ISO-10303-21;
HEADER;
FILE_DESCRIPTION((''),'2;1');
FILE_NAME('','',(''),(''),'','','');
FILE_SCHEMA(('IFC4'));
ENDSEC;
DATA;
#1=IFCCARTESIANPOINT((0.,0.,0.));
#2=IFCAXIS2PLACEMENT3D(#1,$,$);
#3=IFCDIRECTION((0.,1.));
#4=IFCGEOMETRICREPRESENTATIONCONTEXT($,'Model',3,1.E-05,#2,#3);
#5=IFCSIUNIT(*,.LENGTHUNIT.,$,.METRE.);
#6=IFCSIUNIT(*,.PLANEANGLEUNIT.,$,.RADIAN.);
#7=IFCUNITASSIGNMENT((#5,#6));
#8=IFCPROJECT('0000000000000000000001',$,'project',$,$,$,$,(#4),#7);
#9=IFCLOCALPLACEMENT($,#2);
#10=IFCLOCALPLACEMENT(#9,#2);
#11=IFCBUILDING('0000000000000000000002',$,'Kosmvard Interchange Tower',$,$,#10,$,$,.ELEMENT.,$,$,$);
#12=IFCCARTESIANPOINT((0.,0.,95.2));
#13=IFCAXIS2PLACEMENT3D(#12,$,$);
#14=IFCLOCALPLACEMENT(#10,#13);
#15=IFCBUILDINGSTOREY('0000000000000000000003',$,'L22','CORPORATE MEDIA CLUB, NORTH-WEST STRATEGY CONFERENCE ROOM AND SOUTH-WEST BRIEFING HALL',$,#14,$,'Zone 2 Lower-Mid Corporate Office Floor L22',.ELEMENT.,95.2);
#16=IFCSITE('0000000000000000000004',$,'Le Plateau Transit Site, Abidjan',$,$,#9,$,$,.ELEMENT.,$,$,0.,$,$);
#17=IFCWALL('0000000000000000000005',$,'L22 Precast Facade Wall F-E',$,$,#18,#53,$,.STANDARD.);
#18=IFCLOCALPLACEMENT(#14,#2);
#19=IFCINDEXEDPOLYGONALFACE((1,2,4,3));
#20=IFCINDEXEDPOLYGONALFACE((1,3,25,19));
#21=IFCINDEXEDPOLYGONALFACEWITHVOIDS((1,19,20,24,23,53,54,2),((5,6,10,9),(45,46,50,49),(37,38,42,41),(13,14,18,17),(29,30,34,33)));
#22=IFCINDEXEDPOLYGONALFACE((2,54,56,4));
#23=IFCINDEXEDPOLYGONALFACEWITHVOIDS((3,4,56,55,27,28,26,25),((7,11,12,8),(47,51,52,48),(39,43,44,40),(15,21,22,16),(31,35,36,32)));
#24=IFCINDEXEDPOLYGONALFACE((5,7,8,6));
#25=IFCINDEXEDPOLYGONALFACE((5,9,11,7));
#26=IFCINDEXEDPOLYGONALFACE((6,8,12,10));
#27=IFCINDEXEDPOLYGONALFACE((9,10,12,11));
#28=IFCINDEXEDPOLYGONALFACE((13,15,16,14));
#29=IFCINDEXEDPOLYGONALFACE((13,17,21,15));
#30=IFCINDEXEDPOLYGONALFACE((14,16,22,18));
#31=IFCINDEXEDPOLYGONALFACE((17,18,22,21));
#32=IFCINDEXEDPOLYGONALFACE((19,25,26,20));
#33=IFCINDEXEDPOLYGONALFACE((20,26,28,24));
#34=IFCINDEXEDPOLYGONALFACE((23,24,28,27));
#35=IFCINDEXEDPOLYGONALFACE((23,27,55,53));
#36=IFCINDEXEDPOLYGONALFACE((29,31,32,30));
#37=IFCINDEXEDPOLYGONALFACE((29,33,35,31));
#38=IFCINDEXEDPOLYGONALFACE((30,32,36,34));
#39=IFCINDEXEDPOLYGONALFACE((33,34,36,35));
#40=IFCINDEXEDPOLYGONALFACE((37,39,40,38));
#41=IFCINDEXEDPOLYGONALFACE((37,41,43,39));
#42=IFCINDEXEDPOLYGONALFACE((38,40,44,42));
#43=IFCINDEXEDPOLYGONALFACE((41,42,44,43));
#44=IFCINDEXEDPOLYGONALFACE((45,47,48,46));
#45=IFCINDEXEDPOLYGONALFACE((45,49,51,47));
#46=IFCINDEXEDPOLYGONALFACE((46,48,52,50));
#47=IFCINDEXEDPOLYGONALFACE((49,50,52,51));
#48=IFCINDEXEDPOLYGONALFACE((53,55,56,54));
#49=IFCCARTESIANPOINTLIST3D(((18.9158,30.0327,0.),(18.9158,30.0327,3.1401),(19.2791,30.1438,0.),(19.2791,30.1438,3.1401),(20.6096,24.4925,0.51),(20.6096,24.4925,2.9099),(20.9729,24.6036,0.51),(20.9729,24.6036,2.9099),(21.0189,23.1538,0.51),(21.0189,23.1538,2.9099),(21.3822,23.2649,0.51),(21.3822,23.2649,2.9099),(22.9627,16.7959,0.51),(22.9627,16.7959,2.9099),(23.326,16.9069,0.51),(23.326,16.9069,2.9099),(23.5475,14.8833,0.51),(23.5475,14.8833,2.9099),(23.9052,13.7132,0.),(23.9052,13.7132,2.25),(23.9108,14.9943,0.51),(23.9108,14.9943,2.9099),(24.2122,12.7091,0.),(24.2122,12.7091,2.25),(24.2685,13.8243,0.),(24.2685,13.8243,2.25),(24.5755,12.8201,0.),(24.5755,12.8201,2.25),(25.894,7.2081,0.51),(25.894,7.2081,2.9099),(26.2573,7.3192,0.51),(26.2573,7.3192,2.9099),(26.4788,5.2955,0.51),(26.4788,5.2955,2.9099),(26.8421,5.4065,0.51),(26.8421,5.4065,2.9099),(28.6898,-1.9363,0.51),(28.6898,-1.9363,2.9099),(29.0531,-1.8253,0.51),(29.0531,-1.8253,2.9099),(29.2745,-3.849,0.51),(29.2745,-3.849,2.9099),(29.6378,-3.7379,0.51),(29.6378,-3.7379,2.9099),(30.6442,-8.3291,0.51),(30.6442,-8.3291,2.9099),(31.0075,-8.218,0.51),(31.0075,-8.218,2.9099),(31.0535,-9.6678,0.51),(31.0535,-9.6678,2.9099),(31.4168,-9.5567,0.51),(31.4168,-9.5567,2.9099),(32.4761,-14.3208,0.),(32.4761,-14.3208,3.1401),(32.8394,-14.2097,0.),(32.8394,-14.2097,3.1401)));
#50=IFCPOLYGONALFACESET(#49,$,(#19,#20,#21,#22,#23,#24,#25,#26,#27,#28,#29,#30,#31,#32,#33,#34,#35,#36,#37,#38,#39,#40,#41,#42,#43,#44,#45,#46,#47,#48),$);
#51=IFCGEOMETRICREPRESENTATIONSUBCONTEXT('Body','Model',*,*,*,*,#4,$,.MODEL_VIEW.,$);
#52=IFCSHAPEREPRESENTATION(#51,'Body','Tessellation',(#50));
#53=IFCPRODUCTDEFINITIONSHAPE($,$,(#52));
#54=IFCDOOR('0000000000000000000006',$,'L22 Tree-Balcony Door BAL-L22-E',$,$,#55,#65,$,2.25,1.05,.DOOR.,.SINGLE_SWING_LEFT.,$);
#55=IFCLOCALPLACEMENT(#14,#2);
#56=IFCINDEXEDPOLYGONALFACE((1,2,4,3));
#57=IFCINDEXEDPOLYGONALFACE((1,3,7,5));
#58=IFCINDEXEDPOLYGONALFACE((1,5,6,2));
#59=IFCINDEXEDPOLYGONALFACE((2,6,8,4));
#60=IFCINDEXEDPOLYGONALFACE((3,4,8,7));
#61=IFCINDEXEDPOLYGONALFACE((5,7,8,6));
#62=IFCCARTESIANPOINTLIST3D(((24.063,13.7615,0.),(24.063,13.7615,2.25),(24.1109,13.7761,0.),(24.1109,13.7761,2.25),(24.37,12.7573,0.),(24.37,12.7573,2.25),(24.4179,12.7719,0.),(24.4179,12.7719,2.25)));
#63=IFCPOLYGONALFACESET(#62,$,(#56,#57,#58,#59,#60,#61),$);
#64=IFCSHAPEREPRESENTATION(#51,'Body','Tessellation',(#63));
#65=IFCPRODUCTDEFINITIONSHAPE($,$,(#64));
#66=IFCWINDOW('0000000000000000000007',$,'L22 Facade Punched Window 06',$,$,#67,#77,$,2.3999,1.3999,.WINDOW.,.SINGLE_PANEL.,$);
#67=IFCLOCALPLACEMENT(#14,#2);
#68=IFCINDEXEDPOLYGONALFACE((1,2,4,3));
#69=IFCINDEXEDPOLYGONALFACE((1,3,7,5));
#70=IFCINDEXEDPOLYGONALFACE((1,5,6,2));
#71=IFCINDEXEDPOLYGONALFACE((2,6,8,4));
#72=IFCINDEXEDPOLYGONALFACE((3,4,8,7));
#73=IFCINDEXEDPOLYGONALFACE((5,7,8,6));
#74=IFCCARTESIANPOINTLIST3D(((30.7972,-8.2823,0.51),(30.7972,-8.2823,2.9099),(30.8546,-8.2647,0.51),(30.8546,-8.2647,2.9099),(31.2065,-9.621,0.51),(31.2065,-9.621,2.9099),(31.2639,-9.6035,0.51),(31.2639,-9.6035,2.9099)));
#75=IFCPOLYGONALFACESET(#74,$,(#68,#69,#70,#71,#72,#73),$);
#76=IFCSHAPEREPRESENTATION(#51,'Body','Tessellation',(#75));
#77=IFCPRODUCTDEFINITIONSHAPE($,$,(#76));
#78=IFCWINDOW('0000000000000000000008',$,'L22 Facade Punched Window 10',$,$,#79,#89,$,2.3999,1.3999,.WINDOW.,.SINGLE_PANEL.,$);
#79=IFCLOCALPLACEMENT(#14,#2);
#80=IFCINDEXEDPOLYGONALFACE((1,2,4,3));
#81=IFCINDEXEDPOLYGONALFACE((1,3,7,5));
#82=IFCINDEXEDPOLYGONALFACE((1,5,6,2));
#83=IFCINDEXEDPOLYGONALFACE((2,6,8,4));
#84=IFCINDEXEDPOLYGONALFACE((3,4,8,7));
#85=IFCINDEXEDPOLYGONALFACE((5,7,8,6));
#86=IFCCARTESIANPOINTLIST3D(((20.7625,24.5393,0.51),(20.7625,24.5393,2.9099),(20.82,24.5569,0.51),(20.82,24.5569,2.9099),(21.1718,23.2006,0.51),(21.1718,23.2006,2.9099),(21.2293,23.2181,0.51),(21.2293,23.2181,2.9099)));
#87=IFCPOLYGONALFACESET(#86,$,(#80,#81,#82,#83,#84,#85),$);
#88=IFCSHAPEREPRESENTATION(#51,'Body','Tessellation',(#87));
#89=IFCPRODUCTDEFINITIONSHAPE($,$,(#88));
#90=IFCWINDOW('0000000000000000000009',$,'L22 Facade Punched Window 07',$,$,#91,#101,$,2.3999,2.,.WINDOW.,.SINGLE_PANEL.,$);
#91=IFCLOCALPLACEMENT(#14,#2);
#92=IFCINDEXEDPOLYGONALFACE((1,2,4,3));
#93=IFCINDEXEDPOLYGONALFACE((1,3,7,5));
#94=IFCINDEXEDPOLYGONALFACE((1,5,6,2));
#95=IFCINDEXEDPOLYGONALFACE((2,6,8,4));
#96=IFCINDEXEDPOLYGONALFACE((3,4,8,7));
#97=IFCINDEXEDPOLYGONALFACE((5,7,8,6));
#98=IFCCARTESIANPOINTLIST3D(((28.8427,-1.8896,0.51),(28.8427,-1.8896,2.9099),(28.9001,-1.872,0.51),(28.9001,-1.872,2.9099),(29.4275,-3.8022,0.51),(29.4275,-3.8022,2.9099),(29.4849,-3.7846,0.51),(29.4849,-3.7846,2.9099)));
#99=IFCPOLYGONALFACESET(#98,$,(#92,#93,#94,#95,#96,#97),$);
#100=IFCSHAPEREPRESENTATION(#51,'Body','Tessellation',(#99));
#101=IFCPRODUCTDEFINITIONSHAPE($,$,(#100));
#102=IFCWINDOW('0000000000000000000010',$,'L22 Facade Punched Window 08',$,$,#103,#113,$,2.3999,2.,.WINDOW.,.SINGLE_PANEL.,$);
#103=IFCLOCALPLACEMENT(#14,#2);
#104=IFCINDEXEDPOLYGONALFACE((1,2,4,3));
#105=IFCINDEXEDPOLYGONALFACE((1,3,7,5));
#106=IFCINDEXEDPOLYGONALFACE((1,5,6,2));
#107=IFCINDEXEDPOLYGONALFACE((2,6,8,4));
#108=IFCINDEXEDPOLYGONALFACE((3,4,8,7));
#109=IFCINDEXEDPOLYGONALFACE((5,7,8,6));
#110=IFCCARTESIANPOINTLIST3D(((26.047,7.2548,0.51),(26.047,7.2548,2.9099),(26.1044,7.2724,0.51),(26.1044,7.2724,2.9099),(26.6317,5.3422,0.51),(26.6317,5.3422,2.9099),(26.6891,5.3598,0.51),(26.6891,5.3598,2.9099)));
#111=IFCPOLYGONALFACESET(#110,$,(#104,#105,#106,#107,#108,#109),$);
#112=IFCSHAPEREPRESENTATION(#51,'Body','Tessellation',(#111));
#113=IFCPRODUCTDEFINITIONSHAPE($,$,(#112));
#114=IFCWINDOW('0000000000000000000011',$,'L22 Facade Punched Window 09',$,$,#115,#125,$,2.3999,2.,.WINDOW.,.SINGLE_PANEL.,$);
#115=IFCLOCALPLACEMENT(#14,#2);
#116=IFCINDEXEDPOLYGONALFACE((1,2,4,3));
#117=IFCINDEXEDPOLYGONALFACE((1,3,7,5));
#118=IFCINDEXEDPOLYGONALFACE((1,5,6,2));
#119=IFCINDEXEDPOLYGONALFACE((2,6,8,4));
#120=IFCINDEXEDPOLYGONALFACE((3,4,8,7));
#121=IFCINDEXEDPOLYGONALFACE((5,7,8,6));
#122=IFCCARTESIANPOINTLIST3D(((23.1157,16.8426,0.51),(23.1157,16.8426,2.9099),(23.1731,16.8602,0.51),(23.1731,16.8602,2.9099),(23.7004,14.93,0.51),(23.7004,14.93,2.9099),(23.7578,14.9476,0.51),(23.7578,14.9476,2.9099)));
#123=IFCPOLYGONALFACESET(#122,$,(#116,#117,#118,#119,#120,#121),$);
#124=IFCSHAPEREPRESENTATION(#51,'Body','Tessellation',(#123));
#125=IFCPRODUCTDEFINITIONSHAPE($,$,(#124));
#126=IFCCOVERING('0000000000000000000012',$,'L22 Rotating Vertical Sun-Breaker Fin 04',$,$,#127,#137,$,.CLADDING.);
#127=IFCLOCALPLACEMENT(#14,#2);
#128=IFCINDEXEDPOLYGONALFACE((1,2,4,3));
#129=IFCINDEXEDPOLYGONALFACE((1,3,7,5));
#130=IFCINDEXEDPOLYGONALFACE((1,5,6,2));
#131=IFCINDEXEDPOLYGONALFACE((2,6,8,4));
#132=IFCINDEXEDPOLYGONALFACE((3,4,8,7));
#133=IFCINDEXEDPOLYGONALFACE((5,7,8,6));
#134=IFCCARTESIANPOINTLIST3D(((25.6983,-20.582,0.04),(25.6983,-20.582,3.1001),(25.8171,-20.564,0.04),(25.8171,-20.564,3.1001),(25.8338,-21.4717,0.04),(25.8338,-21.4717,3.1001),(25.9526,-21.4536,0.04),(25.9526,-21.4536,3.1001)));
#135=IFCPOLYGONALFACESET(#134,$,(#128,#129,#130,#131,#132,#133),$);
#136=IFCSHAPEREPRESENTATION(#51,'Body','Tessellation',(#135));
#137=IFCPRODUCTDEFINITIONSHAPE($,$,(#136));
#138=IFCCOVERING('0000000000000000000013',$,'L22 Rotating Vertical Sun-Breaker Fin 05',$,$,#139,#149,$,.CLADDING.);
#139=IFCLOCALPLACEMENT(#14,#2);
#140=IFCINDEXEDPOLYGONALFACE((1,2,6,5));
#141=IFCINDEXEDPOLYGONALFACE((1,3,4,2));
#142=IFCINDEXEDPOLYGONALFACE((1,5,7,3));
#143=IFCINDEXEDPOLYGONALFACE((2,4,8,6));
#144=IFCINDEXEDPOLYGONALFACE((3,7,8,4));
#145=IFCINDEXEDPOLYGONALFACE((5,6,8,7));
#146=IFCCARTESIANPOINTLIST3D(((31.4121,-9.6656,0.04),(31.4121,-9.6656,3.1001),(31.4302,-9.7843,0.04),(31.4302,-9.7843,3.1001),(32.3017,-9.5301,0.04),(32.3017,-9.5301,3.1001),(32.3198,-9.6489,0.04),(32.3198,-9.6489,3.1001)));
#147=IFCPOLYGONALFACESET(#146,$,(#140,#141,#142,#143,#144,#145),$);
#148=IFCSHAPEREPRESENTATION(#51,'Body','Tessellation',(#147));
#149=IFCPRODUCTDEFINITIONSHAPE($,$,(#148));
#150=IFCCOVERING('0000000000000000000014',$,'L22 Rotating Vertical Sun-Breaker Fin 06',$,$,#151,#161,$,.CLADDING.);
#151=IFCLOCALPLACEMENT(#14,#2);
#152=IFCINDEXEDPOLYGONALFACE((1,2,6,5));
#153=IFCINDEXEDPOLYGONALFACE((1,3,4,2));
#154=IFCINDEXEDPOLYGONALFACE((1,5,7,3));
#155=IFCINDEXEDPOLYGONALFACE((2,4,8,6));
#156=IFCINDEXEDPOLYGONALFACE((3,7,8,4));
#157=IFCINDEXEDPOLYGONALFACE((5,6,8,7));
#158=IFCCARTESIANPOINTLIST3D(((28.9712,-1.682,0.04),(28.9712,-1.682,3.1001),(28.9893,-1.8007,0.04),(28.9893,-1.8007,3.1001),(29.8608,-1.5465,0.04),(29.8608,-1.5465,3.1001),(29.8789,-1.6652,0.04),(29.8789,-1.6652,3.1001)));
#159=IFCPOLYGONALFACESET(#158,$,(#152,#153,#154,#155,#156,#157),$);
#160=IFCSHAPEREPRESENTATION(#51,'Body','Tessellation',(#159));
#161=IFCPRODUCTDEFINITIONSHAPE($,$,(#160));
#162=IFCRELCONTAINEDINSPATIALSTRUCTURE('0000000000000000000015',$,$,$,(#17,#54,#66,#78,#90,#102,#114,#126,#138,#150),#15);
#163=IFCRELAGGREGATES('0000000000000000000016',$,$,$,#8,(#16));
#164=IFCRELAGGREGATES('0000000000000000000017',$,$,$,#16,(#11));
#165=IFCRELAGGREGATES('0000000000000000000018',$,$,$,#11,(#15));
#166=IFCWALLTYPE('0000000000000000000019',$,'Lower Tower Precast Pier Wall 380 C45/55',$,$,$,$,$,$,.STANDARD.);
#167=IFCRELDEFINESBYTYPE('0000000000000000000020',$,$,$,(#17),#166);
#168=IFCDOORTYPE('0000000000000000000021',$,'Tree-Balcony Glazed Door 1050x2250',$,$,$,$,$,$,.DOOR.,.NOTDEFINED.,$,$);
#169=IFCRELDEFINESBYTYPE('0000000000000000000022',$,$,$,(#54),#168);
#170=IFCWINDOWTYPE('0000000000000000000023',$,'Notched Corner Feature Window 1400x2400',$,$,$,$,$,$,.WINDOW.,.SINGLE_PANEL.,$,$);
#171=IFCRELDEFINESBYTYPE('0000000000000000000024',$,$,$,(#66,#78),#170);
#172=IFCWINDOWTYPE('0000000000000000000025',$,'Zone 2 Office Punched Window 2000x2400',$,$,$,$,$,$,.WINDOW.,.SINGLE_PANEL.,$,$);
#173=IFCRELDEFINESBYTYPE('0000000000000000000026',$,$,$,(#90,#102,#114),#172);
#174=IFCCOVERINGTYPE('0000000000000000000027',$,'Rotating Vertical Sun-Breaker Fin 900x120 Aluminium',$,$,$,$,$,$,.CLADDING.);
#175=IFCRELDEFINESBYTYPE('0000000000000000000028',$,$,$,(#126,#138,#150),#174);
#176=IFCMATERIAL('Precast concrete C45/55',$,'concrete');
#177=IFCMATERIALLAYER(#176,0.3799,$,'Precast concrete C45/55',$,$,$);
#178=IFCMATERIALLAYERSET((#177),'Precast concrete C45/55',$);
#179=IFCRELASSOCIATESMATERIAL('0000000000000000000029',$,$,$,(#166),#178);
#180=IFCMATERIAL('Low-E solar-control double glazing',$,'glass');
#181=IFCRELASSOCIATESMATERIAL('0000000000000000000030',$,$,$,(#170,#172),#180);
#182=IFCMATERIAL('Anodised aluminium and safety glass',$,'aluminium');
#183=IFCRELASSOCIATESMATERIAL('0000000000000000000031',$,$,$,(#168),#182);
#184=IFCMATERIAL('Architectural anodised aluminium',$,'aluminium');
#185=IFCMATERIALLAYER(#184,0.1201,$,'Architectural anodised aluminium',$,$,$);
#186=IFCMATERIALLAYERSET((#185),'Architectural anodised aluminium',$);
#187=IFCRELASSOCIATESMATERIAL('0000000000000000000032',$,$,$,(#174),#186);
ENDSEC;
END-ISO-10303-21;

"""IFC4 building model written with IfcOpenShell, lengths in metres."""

from ifc_helpers import new_model, si_unit, direction, frame, frame_2d, origin, origin_2d, place, context, subcontext, project, spatial, rectangle, extrude, source, transform, mapped, material, layer, layer_set, type_object, element, fill, save


model = new_model("IFC4")

# Units and contexts
model_context = context("Model", 3, precision=1e-05, world=origin(), true_north=direction((0.0, 1.0)))
body_context = subcontext(model_context, "Body", "Model", "MODEL_VIEW")
ifc_project = project(units=[si_unit("LENGTHUNIT", "METRE"), si_unit("PLANEANGLEUNIT", "RADIAN")], contexts=[model_context])

# Site, building, storey
site_placement = place(None, origin())
site = spatial("IfcSite", under=ifc_project, at=site_placement, Name="Le Plateau Transit Site, Abidjan", CompositionType="ELEMENT", RefElevation=0.0)
building_placement = place(site_placement, origin())
building = spatial("IfcBuilding", under=site, at=building_placement, Name="Kosmvard Interchange Tower", CompositionType="ELEMENT")
storey_placement = place(building_placement, frame((0.0, 0.0, 95.2)))
storey = spatial("IfcBuildingStorey", under=building, at=storey_placement, Name="L22", Description="CORPORATE MEDIA CLUB, NORTH-WEST STRATEGY CONFERENCE ROOM AND SOUTH-WEST BRIEFING HALL", LongName="Zone 2 Lower-Mid Corporate Office Floor L22", CompositionType="ELEMENT", Elevation=95.2)

# Shared definitions
ifc_material_1 = material(Name="Precast concrete C45/55", Category="concrete")

# Shared definitions
ifc_layer_1 = layer(ifc_material_1, 0.3799, Name="Precast concrete C45/55")
ifc_layer_set_1 = layer_set([ifc_layer_1], Name="Precast concrete C45/55")
wall_type = type_object("IfcWallType", Name="Lower Tower Precast Pier Wall 380 C45/55", PredefinedType="STANDARD", material=ifc_layer_set_1)

# Shared definitions
ifc_material_2 = material(Name="Low-E solar-control double glazing", Category="glass")
window_type_1 = type_object("IfcWindowType", Name="Notched Corner Feature Window 1400x2400", PartitioningType="SINGLE_PANEL", PredefinedType="WINDOW", material=ifc_material_2)
shared_shape_1 = source(origin(), body_context, "Body", "SweptSolid", [
    extrude(rectangle(XDim=1.3999, YDim=2.3999, at=frame_2d((0.7, 1.2))), frame((0.0, 0.03, 0.0), z_axis=(0.0, -1.0, 0.0), x_axis=(1.0, 0.0, 0.0)), (0.0, 0.0, 1.0), 0.0601),
])

# Wall, openings, door, windows
wall_1_placement = place(storey_placement, frame((32.6577, -14.2651, 0.0), z_axis=(0.0, 0.0, 1.0), x_axis=(-0.292373, 0.956304, 0.0)))
wall_1 = element("IfcWall", 1, at=wall_1_placement, inside=storey, type_object=wall_type, Name="L22 Precast Facade Wall F-E", PredefinedType="STANDARD", context=body_context, shape_type="SweptSolid", body=[
    extrude(rectangle(XDim=46.3801, YDim=0.3799, at=frame_2d((23.1899, 0.0))), origin(), (0.0, 0.0, 1.0), 3.1401),
])
opening_1_placement = place(wall_1_placement, frame((28.2649, 0.0, 0.0)))
opening_1 = element("IfcOpeningElement", 2, at=opening_1_placement, cuts=wall_1, PredefinedType="OPENING", context=body_context, shape_type="SweptSolid", body=[
    extrude(rectangle(XDim=1.05, YDim=2.25, at=frame_2d((0.5249, 1.125))), frame((0.0, 0.2, 0.0), z_axis=(0.0, -1.0, 0.0), x_axis=(1.0, 0.0, 0.0)), (0.0, 0.0, 1.0), 0.3999),
])
opening_2_placement = place(wall_1_placement, frame((4.8655, 0.0, 0.51)))
opening_2 = element("IfcOpeningElement", 3, at=opening_2_placement, cuts=wall_1, PredefinedType="OPENING", context=body_context, shape_type="SweptSolid", body=[
    extrude(rectangle(XDim=1.3999, YDim=2.3999, at=frame_2d((0.7, 1.2))), frame((0.0, 0.2, 0.0), z_axis=(0.0, -1.0, 0.0), x_axis=(1.0, 0.0, 0.0)), (0.0, 0.0, 1.0), 0.3999),
])
opening_3_placement = place(wall_1_placement, frame((10.9502, 0.0, 0.51)))
opening_3 = element("IfcOpeningElement", 4, at=opening_3_placement, cuts=wall_1, PredefinedType="OPENING", context=body_context, shape_type="SweptSolid", body=[
    extrude(rectangle(XDim=2.0, YDim=2.3999, at=frame_2d((1.0, 1.2))), frame((0.0, 0.2, 0.0), z_axis=(0.0, -1.0, 0.0), x_axis=(1.0, 0.0, 0.0)), (0.0, 0.0, 1.0), 0.3999),
])
opening_4_placement = place(wall_1_placement, frame((20.5125, 0.0, 0.51)))
opening_4 = element("IfcOpeningElement", 5, at=opening_4_placement, cuts=wall_1, PredefinedType="OPENING", context=body_context, shape_type="SweptSolid", body=[
    extrude(rectangle(XDim=2.0, YDim=2.3999, at=frame_2d((1.0, 1.2))), frame((0.0, 0.2, 0.0), z_axis=(0.0, -1.0, 0.0), x_axis=(1.0, 0.0, 0.0)), (0.0, 0.0, 1.0), 0.3999),
])
opening_5_placement = place(wall_1_placement, frame((30.5383, 0.0, 0.51)))
opening_5 = element("IfcOpeningElement", 6, at=opening_5_placement, cuts=wall_1, PredefinedType="OPENING", context=body_context, shape_type="SweptSolid", body=[
    extrude(rectangle(XDim=2.0, YDim=2.3999, at=frame_2d((1.0, 1.2))), frame((0.0, 0.2, 0.0), z_axis=(0.0, -1.0, 0.0), x_axis=(1.0, 0.0, 0.0)), (0.0, 0.0, 1.0), 0.3999),
])
opening_6_placement = place(wall_1_placement, frame((39.1868, 0.0, 0.51)))
opening_6 = element("IfcOpeningElement", 7, at=opening_6_placement, cuts=wall_1, PredefinedType="OPENING", context=body_context, shape_type="SweptSolid", body=[
    extrude(rectangle(XDim=1.3999, YDim=2.3999, at=frame_2d((0.7, 1.2))), frame((0.0, 0.2, 0.0), z_axis=(0.0, -1.0, 0.0), x_axis=(1.0, 0.0, 0.0)), (0.0, 0.0, 1.0), 0.3999),
])
ifc_material_3 = material(Name="Anodised aluminium and safety glass", Category="aluminium")
door_type = type_object("IfcDoorType", Name="Tree-Balcony Glazed Door 1050x2250", OperationType="NOTDEFINED", PredefinedType="DOOR", material=ifc_material_3)
shared_shape_2 = source(origin(), body_context, "Body", "SweptSolid", [
    extrude(rectangle(XDim=1.05, YDim=2.25, at=frame_2d((0.5249, 1.125))), frame((0.0, 0.0249, 0.0), z_axis=(0.0, -1.0, 0.0), x_axis=(1.0, 0.0, 0.0)), (0.0, 0.0, 1.0), 0.05),
])
door_placement = place(opening_1_placement, origin())
door = element("IfcDoor", 8, at=door_placement, inside=storey, type_object=door_type, Name="L22 Tree-Balcony Door BAL-L22-E", OperationType="SINGLE_SWING_LEFT", OverallHeight=2.25, OverallWidth=1.05, PredefinedType="DOOR", context=body_context, shape_type="MappedRepresentation", body=[
    mapped(shared_shape_2, transform((0.0, 0.0, 0.0), scale=1.0)),
])
fill(opening_1, door)
window_1_placement = place(opening_2_placement, origin())
window_1 = element("IfcWindow", 9, at=window_1_placement, inside=storey, type_object=window_type_1, Name="L22 Facade Punched Window 06", OverallHeight=2.3999, OverallWidth=1.3999, PartitioningType="SINGLE_PANEL", PredefinedType="WINDOW", context=body_context, shape_type="MappedRepresentation", body=[
    mapped(shared_shape_1, transform((0.0, 0.0, 0.0), scale=1.0)),
])
fill(opening_2, window_1)
window_2_placement = place(opening_6_placement, origin())
window_2 = element("IfcWindow", 10, at=window_2_placement, inside=storey, type_object=window_type_1, Name="L22 Facade Punched Window 10", OverallHeight=2.3999, OverallWidth=1.3999, PartitioningType="SINGLE_PANEL", PredefinedType="WINDOW", context=body_context, shape_type="MappedRepresentation", body=[
    mapped(shared_shape_1, transform((0.0, 0.0, 0.0), scale=1.0)),
])
fill(opening_6, window_2)
window_type_2 = type_object("IfcWindowType", Name="Zone 2 Office Punched Window 2000x2400", PartitioningType="SINGLE_PANEL", PredefinedType="WINDOW", material=ifc_material_2)
shared_shape_3 = source(origin(), body_context, "Body", "SweptSolid", [
    extrude(rectangle(XDim=2.0, YDim=2.3999, at=frame_2d((1.0, 1.2))), frame((0.0, 0.03, 0.0), z_axis=(0.0, -1.0, 0.0), x_axis=(1.0, 0.0, 0.0)), (0.0, 0.0, 1.0), 0.0601),
])
window_3_placement = place(opening_3_placement, origin())
window_3 = element("IfcWindow", 11, at=window_3_placement, inside=storey, type_object=window_type_2, Name="L22 Facade Punched Window 07", OverallHeight=2.3999, OverallWidth=2.0, PartitioningType="SINGLE_PANEL", PredefinedType="WINDOW", context=body_context, shape_type="MappedRepresentation", body=[
    mapped(shared_shape_3, transform((0.0, 0.0, 0.0), scale=1.0)),
])
fill(opening_3, window_3)
window_4_placement = place(opening_4_placement, origin())
window_4 = element("IfcWindow", 12, at=window_4_placement, inside=storey, type_object=window_type_2, Name="L22 Facade Punched Window 08", OverallHeight=2.3999, OverallWidth=2.0, PartitioningType="SINGLE_PANEL", PredefinedType="WINDOW", context=body_context, shape_type="MappedRepresentation", body=[
    mapped(shared_shape_3, transform((0.0, 0.0, 0.0), scale=1.0)),
])
fill(opening_4, window_4)
window_5_placement = place(opening_5_placement, origin())
window_5 = element("IfcWindow", 13, at=window_5_placement, inside=storey, type_object=window_type_2, Name="L22 Facade Punched Window 09", OverallHeight=2.3999, OverallWidth=2.0, PartitioningType="SINGLE_PANEL", PredefinedType="WINDOW", context=body_context, shape_type="MappedRepresentation", body=[
    mapped(shared_shape_3, transform((0.0, 0.0, 0.0), scale=1.0)),
])
fill(opening_5, window_5)

# Coverings
ifc_material_4 = material(Name="Architectural anodised aluminium", Category="aluminium")
ifc_layer_2 = layer(ifc_material_4, 0.1201, Name="Architectural anodised aluminium")
ifc_layer_set_2 = layer_set([ifc_layer_2], Name="Architectural anodised aluminium")
covering_type = type_object("IfcCoveringType", Name="Rotating Vertical Sun-Breaker Fin 900x120 Aluminium", PredefinedType="CLADDING", material=ifc_layer_set_2)
shared_shape_4 = source(origin(), body_context, "Body", "SweptSolid", [
    extrude(rectangle(XDim=0.8999, YDim=0.1201, at=origin_2d()), origin(), (0.0, 0.0, 1.0), 3.0601),
])
for number, where, z_axis, x_axis, name in (
    (14, (25.8254, -21.0178, 0.04), (0.0, 0.0, 1.0), (0.150571, -0.988599, 0.0), "L22 Rotating Vertical Sun-Breaker Fin 04"),
    (15, (31.866, -9.6572, 0.04), (0.0, 0.0, 1.0), (0.988599, 0.150571, 0.0), "L22 Rotating Vertical Sun-Breaker Fin 05"),
    (16, (29.425, -1.6736, 0.04), (0.0, 0.0, 1.0), (0.988599, 0.150571, 0.0), "L22 Rotating Vertical Sun-Breaker Fin 06"),
):
    element("IfcCovering", number, at=place(storey_placement, frame(where, z_axis=z_axis, x_axis=x_axis)), inside=storey, type_object=covering_type, Name=name, PredefinedType="CLADDING", context=body_context, shape_type="MappedRepresentation", body=[
        mapped(shared_shape_4, transform((0.0, 0.0, 0.0), scale=1.0)),
    ])

save(model, "model.ifc")
